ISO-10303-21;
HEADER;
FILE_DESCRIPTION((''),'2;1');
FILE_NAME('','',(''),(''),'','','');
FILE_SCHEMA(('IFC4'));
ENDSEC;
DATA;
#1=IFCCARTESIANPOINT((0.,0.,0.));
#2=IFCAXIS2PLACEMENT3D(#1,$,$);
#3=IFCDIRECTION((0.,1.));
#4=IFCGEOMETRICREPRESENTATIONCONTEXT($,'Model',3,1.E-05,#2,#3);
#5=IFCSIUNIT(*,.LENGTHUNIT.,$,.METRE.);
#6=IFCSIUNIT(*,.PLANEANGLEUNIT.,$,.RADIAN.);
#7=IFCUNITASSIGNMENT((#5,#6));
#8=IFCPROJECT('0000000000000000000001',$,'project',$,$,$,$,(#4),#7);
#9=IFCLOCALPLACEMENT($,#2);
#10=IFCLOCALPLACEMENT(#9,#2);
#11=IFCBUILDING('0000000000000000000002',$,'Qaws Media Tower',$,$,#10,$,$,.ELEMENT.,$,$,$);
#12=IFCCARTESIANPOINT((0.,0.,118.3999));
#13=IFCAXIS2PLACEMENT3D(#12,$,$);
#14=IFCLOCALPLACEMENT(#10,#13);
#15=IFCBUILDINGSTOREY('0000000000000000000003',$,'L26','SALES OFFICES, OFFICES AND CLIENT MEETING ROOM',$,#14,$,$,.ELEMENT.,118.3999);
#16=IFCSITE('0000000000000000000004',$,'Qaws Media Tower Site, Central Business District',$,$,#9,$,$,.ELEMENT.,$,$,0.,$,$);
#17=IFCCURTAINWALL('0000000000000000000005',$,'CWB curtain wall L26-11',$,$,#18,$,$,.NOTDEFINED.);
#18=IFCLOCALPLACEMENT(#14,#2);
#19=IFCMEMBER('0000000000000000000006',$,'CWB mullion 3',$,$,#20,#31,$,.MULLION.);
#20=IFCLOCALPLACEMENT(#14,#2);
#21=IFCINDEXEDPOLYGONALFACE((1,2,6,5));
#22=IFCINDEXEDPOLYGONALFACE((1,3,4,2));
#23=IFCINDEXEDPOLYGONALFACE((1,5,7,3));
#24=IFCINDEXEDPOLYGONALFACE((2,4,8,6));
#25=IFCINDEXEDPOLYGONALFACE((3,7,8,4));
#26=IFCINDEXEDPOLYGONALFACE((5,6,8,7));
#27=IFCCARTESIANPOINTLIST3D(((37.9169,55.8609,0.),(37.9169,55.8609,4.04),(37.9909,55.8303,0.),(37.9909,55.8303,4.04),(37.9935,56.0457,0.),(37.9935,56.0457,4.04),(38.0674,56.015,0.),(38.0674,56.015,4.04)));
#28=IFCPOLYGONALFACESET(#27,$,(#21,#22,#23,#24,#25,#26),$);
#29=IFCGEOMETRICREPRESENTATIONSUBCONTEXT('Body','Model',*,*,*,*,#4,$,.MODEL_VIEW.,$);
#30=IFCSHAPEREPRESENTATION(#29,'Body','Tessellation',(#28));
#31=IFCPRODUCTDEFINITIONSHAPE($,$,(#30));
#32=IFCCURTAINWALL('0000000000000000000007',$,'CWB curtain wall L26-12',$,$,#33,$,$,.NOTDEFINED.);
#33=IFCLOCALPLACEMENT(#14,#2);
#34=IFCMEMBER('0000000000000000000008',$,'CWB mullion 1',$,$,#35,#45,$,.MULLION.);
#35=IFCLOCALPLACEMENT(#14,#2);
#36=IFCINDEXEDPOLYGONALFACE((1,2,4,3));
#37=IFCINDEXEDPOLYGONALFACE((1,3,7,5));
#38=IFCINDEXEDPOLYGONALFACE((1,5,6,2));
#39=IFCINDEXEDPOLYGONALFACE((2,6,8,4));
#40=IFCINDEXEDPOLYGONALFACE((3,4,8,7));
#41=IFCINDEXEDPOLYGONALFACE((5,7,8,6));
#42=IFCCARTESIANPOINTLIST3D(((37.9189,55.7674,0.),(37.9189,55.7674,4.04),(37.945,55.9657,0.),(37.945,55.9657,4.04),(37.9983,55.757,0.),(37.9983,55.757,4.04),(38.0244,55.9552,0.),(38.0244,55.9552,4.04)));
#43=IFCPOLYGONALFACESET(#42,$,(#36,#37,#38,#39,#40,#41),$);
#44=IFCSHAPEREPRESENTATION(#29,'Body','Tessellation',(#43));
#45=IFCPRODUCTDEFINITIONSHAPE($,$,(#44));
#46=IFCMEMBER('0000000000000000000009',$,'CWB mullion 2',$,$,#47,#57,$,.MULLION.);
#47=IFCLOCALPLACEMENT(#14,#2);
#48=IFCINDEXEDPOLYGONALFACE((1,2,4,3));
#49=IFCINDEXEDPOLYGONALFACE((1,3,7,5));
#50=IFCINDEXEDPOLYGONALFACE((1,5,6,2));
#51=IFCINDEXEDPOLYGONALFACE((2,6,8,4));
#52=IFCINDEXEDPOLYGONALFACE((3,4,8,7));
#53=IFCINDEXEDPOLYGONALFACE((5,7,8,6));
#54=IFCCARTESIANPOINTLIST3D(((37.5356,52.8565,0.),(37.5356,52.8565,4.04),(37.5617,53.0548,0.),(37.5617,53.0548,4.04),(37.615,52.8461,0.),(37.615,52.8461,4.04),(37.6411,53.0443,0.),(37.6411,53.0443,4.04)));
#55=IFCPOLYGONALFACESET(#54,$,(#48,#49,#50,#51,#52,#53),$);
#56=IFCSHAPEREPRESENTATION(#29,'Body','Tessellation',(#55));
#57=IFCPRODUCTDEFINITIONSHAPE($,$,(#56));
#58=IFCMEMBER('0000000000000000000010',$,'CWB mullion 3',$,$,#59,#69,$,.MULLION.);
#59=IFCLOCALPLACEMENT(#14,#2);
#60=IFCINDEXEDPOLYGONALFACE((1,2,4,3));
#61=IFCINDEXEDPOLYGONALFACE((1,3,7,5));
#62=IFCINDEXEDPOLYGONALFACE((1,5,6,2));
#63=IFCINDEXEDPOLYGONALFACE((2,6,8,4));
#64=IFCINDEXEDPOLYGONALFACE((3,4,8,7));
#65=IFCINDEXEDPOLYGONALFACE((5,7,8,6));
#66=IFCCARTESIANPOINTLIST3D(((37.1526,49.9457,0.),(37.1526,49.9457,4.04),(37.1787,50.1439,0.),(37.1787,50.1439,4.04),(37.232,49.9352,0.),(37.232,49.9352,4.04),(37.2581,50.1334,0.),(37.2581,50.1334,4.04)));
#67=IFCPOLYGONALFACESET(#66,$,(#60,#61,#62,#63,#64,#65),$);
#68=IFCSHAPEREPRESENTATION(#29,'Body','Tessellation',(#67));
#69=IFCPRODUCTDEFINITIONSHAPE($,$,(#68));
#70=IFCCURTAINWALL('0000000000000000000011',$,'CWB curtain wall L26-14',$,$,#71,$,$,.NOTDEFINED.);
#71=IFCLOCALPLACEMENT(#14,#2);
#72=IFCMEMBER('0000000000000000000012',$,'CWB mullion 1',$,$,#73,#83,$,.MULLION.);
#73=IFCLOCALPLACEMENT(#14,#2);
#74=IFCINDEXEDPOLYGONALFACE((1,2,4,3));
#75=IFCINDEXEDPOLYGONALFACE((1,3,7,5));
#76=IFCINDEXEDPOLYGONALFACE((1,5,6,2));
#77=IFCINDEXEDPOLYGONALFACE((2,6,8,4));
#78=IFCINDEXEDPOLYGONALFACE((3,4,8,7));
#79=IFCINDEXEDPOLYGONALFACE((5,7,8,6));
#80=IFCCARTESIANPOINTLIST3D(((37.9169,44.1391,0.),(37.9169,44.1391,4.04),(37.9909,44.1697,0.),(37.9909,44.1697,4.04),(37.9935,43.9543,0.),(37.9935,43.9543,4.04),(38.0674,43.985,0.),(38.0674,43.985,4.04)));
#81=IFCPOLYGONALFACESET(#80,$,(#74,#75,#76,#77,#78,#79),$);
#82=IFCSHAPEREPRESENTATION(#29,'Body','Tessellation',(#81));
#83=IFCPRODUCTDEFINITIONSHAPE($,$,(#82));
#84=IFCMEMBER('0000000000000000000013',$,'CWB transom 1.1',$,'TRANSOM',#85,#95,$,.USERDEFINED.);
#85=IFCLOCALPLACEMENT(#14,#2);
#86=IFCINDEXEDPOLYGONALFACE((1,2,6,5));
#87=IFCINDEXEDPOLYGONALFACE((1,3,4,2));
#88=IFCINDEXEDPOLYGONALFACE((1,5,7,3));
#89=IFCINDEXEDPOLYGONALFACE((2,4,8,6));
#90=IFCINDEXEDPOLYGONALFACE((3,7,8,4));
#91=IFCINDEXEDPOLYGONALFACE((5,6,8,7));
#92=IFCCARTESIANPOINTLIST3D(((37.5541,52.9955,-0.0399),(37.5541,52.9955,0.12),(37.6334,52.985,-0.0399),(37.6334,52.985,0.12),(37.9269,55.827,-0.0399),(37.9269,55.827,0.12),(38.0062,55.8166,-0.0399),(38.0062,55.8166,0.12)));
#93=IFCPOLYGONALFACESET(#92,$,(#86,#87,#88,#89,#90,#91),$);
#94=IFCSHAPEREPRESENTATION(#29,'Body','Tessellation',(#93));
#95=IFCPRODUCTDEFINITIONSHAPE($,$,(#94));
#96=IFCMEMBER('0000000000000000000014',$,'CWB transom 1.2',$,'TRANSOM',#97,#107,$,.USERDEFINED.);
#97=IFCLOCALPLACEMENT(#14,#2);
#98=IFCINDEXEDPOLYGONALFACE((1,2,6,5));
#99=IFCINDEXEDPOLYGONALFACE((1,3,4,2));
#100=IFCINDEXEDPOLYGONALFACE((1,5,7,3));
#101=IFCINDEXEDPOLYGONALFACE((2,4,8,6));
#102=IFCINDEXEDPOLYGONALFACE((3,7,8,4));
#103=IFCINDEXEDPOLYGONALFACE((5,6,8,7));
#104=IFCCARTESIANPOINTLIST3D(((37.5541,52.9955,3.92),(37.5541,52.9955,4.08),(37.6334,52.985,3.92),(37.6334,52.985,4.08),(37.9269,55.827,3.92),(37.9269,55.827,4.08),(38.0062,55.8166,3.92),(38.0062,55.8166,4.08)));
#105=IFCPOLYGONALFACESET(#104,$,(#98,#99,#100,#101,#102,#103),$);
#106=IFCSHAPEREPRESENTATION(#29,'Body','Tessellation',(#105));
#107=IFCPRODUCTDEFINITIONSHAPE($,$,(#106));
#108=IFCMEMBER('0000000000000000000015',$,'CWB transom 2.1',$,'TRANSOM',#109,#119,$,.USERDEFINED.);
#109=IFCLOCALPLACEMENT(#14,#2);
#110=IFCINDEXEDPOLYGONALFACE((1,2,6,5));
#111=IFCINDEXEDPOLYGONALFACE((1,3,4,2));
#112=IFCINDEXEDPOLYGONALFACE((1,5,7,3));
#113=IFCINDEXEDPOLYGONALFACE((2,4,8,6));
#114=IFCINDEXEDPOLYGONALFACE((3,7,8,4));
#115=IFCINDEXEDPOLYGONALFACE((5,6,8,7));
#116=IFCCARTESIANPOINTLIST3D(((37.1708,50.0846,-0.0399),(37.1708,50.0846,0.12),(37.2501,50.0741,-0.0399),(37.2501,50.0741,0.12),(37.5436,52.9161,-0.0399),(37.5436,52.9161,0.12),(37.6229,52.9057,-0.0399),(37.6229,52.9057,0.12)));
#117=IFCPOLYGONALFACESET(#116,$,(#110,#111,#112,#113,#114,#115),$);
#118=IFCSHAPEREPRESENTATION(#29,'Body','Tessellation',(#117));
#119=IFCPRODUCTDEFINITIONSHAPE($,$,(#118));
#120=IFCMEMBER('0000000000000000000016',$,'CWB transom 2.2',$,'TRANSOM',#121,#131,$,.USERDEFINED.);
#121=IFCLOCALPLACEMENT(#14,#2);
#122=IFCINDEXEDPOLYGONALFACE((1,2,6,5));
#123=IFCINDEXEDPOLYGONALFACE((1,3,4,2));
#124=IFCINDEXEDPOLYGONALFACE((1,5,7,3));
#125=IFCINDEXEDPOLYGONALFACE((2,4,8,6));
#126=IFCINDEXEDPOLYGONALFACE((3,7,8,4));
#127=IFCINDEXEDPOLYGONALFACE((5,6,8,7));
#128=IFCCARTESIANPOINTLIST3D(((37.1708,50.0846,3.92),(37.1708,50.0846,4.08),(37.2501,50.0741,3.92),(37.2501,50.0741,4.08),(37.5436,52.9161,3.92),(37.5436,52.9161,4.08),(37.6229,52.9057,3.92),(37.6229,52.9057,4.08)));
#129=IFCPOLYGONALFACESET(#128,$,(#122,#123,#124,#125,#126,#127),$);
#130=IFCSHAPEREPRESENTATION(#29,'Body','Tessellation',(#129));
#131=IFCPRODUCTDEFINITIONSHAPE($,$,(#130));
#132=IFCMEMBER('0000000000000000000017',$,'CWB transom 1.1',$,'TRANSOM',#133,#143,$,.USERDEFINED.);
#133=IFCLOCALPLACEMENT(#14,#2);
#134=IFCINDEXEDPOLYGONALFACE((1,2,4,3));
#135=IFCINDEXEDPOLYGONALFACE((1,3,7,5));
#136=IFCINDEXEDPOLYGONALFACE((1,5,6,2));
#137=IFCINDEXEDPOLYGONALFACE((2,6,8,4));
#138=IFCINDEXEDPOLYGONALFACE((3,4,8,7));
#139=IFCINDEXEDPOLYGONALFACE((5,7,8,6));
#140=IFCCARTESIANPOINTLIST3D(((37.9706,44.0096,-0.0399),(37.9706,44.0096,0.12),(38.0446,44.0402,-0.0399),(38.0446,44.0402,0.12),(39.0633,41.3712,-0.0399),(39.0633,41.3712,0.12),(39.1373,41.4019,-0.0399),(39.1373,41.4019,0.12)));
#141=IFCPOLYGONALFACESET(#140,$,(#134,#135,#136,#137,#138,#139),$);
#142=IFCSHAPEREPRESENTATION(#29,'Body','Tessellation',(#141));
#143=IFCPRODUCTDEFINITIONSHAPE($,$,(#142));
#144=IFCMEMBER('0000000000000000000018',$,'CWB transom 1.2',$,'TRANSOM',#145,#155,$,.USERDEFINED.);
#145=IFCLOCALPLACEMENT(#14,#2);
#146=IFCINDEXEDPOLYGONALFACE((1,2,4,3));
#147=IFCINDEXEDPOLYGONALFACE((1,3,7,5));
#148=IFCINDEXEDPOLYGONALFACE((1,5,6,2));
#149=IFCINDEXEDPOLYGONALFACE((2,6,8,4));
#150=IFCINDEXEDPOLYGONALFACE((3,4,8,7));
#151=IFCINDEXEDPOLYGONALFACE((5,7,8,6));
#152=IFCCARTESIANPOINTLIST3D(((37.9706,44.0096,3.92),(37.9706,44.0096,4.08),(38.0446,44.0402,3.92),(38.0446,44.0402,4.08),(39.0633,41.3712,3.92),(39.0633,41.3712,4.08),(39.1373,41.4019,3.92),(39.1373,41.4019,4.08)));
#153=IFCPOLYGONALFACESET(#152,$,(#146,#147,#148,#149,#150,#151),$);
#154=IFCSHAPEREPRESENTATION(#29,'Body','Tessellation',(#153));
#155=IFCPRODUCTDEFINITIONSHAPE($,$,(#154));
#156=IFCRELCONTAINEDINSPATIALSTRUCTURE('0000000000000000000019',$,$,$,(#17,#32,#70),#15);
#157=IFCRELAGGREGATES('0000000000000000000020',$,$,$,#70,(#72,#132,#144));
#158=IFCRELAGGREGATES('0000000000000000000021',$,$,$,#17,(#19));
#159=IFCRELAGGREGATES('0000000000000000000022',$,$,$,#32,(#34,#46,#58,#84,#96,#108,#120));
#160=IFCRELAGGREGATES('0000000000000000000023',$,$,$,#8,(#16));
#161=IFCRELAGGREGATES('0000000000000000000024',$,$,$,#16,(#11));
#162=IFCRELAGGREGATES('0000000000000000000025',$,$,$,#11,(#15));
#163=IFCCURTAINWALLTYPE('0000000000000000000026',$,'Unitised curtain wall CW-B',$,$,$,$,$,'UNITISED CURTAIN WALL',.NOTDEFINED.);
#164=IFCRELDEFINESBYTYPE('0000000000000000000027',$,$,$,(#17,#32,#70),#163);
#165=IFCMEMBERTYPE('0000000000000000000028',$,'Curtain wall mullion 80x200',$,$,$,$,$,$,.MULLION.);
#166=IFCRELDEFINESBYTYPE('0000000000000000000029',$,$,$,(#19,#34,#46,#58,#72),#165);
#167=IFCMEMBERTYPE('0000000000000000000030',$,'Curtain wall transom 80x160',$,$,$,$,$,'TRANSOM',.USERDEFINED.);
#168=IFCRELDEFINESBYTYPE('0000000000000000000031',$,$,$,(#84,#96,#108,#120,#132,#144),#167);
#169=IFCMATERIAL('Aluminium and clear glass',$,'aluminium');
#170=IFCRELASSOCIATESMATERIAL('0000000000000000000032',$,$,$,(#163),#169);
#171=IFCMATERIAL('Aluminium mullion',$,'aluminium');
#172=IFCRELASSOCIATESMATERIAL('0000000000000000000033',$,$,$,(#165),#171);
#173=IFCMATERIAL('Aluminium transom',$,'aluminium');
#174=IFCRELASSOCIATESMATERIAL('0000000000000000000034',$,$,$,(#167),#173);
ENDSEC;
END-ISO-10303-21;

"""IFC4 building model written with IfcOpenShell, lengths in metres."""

from ifc_helpers import new_model, si_unit, direction, frame, origin, origin_2d, place, context, subcontext, project, spatial, rectangle, extrude, material, material_profile, profile_set, type_object, element, aggregate, save


model = new_model("IFC4")

# Units and contexts
model_context = context("Model", 3, precision=1e-05, world=origin(), true_north=direction((0.0, 1.0)))
body_context = subcontext(model_context, "Body", "Model", "MODEL_VIEW")
ifc_project = project(units=[si_unit("LENGTHUNIT", "METRE"), si_unit("PLANEANGLEUNIT", "RADIAN")], contexts=[model_context])

# Site, building, storey
site_placement = place(None, origin())
site = spatial("IfcSite", under=ifc_project, at=site_placement, Name="Qaws Media Tower Site, Central Business District", CompositionType="ELEMENT", RefElevation=0.0)
building_placement = place(site_placement, origin())
building = spatial("IfcBuilding", under=site, at=building_placement, Name="Qaws Media Tower", CompositionType="ELEMENT")
storey_placement = place(building_placement, frame((0.0, 0.0, 118.3999)))
storey = spatial("IfcBuildingStorey", under=building, at=storey_placement, Name="L26", Description="SALES OFFICES, OFFICES AND CLIENT MEETING ROOM", CompositionType="ELEMENT", Elevation=118.3999)

# Curtain wall, member
ifc_material_1 = material(Name="Aluminium and clear glass", Category="aluminium")
curtain_wall_type = type_object("IfcCurtainWallType", Name="Unitised curtain wall CW-B", ElementType="UNITISED CURTAIN WALL", PredefinedType="NOTDEFINED", material=ifc_material_1)
curtain_wall_1_placement = place(storey_placement, origin())
curtain_wall_1 = element("IfcCurtainWall", 1, at=curtain_wall_1_placement, inside=storey, type_object=curtain_wall_type, Name="CWB curtain wall L26-11", PredefinedType="NOTDEFINED")
ifc_material_2 = material(Name="Aluminium mullion", Category="aluminium")
ifc_material_profile_1 = material_profile(ifc_material_2, rectangle(XDim=0.0801, YDim=0.2, at=origin_2d()), Name="80x200")
ifc_profile_set_1 = profile_set([ifc_material_profile_1], Name="Aluminium mullion")
member_type_1 = type_object("IfcMemberType", Name="Curtain wall mullion 80x200", PredefinedType="MULLION", material=ifc_profile_set_1)
member_1_placement = place(storey_placement, frame((37.9922, 55.938, 0.0), z_axis=(0.0, 0.0, 1.0), x_axis=(0.92388, -0.382683, 0.0)))
member_1 = element("IfcMember", 2, at=member_1_placement, type_object=member_type_1, Name="CWB mullion 3", PredefinedType="MULLION", context=body_context, shape_type="SweptSolid", body=[
    extrude(rectangle(XDim=0.0801, YDim=0.2, at=origin_2d()), origin(), (0.0, 0.0, 1.0), 4.04),
])

# Curtain wall, members
curtain_wall_2_placement = place(storey_placement, origin())
curtain_wall_2 = element("IfcCurtainWall", 3, at=curtain_wall_2_placement, inside=storey, type_object=curtain_wall_type, Name="CWB curtain wall L26-12", PredefinedType="NOTDEFINED")
member_2_placement = place(storey_placement, frame((37.9717, 55.8613, 0.0), z_axis=(0.0, 0.0, 1.0), x_axis=(0.991445, -0.130526, 0.0)))
member_2 = element("IfcMember", 4, at=member_2_placement, type_object=member_type_1, Name="CWB mullion 1", PredefinedType="MULLION", context=body_context, shape_type="SweptSolid", body=[
    extrude(rectangle(XDim=0.0801, YDim=0.2, at=origin_2d()), origin(), (0.0, 0.0, 1.0), 4.04),
])
member_3_placement = place(storey_placement, frame((37.5884, 52.9504, 0.0), z_axis=(0.0, 0.0, 1.0), x_axis=(0.991445, -0.130526, 0.0)))
member_3 = element("IfcMember", 5, at=member_3_placement, type_object=member_type_1, Name="CWB mullion 2", PredefinedType="MULLION", context=body_context, shape_type="SweptSolid", body=[
    extrude(rectangle(XDim=0.0801, YDim=0.2, at=origin_2d()), origin(), (0.0, 0.0, 1.0), 4.04),
])
member_4_placement = place(storey_placement, frame((37.2053, 50.0396, 0.0), z_axis=(0.0, 0.0, 1.0), x_axis=(0.991445, -0.130526, 0.0)))
member_4 = element("IfcMember", 6, at=member_4_placement, type_object=member_type_1, Name="CWB mullion 3", PredefinedType="MULLION", context=body_context, shape_type="SweptSolid", body=[
    extrude(rectangle(XDim=0.0801, YDim=0.2, at=origin_2d()), origin(), (0.0, 0.0, 1.0), 4.04),
])

# Curtain wall, member
curtain_wall_3_placement = place(storey_placement, origin())
curtain_wall_3 = element("IfcCurtainWall", 7, at=curtain_wall_3_placement, inside=storey, type_object=curtain_wall_type, Name="CWB curtain wall L26-14", PredefinedType="NOTDEFINED")
member_5_placement = place(storey_placement, frame((37.9922, 44.062, 0.0), z_axis=(0.0, 0.0, 1.0), x_axis=(0.92388, 0.382683, 0.0)))
member_5 = element("IfcMember", 8, at=member_5_placement, type_object=member_type_1, Name="CWB mullion 1", PredefinedType="MULLION", context=body_context, shape_type="SweptSolid", body=[
    extrude(rectangle(XDim=0.0801, YDim=0.2, at=origin_2d()), origin(), (0.0, 0.0, 1.0), 4.04),
])

# Members
ifc_material_3 = material(Name="Aluminium transom", Category="aluminium")
ifc_material_profile_2 = material_profile(ifc_material_3, rectangle(XDim=0.0801, YDim=0.1599, at=origin_2d()), Name="80x160")
ifc_profile_set_2 = profile_set([ifc_material_profile_2], Name="Aluminium transom")
member_type_2 = type_object("IfcMemberType", Name="Curtain wall transom 80x160", ElementType="TRANSOM", PredefinedType="USERDEFINED", material=ifc_profile_set_2)
member_6_placement = place(storey_placement, frame((37.9666, 55.8218, 0.04), z_axis=(-0.130534, -0.991444, 0.0), x_axis=(0.991444, -0.130534, 0.0)))
member_6 = element("IfcMember", 9, at=member_6_placement, type_object=member_type_2, Name="CWB transom 1.1", ObjectType="TRANSOM", PredefinedType="USERDEFINED", context=body_context, shape_type="SweptSolid", body=[
    extrude(rectangle(XDim=0.0801, YDim=0.1599, at=origin_2d()), origin(), (0.0, 0.0, 1.0), 2.856),
])
member_7_placement = place(storey_placement, frame((37.9666, 55.8218, 4.0), z_axis=(-0.130534, -0.991444, 0.0), x_axis=(0.991444, -0.130534, 0.0)))
member_7 = element("IfcMember", 10, at=member_7_placement, type_object=member_type_2, Name="CWB transom 1.2", ObjectType="TRANSOM", PredefinedType="USERDEFINED", context=body_context, shape_type="SweptSolid", body=[
    extrude(rectangle(XDim=0.0801, YDim=0.1599, at=origin_2d()), origin(), (0.0, 0.0, 1.0), 2.856),
])
member_8_placement = place(storey_placement, frame((37.5833, 52.9109, 0.04), z_axis=(-0.130534, -0.991444, 0.0), x_axis=(0.991444, -0.130534, 0.0)))
member_8 = element("IfcMember", 11, at=member_8_placement, type_object=member_type_2, Name="CWB transom 2.1", ObjectType="TRANSOM", PredefinedType="USERDEFINED", context=body_context, shape_type="SweptSolid", body=[
    extrude(rectangle(XDim=0.0801, YDim=0.1599, at=origin_2d()), origin(), (0.0, 0.0, 1.0), 2.856),
])
member_9_placement = place(storey_placement, frame((37.5833, 52.9109, 4.0), z_axis=(-0.130534, -0.991444, 0.0), x_axis=(0.991444, -0.130534, 0.0)))
member_9 = element("IfcMember", 12, at=member_9_placement, type_object=member_type_2, Name="CWB transom 2.2", ObjectType="TRANSOM", PredefinedType="USERDEFINED", context=body_context, shape_type="SweptSolid", body=[
    extrude(rectangle(XDim=0.0801, YDim=0.1599, at=origin_2d()), origin(), (0.0, 0.0, 1.0), 2.856),
])
member_10_placement = place(storey_placement, frame((38.0076, 44.0249, 0.04), z_axis=(0.382654, -0.923892, 0.0), x_axis=(0.923892, 0.382654, 0.0)))
member_10 = element("IfcMember", 13, at=member_10_placement, type_object=member_type_2, Name="CWB transom 1.1", ObjectType="TRANSOM", PredefinedType="USERDEFINED", context=body_context, shape_type="SweptSolid", body=[
    extrude(rectangle(XDim=0.0801, YDim=0.1599, at=origin_2d()), origin(), (0.0, 0.0, 1.0), 2.8557),
])
member_11_placement = place(storey_placement, frame((38.0076, 44.0249, 4.0), z_axis=(0.382654, -0.923892, 0.0), x_axis=(0.923892, 0.382654, 0.0)))
member_11 = element("IfcMember", 14, at=member_11_placement, type_object=member_type_2, Name="CWB transom 1.2", ObjectType="TRANSOM", PredefinedType="USERDEFINED", context=body_context, shape_type="SweptSolid", body=[
    extrude(rectangle(XDim=0.0801, YDim=0.1599, at=origin_2d()), origin(), (0.0, 0.0, 1.0), 2.8557),
])
aggregate(curtain_wall_3, [member_5, member_10, member_11])

aggregate(curtain_wall_1, [member_1])
aggregate(curtain_wall_2, [member_2, member_3, member_4, member_6, member_7, member_8, member_9])

save(model, "model.ifc")
